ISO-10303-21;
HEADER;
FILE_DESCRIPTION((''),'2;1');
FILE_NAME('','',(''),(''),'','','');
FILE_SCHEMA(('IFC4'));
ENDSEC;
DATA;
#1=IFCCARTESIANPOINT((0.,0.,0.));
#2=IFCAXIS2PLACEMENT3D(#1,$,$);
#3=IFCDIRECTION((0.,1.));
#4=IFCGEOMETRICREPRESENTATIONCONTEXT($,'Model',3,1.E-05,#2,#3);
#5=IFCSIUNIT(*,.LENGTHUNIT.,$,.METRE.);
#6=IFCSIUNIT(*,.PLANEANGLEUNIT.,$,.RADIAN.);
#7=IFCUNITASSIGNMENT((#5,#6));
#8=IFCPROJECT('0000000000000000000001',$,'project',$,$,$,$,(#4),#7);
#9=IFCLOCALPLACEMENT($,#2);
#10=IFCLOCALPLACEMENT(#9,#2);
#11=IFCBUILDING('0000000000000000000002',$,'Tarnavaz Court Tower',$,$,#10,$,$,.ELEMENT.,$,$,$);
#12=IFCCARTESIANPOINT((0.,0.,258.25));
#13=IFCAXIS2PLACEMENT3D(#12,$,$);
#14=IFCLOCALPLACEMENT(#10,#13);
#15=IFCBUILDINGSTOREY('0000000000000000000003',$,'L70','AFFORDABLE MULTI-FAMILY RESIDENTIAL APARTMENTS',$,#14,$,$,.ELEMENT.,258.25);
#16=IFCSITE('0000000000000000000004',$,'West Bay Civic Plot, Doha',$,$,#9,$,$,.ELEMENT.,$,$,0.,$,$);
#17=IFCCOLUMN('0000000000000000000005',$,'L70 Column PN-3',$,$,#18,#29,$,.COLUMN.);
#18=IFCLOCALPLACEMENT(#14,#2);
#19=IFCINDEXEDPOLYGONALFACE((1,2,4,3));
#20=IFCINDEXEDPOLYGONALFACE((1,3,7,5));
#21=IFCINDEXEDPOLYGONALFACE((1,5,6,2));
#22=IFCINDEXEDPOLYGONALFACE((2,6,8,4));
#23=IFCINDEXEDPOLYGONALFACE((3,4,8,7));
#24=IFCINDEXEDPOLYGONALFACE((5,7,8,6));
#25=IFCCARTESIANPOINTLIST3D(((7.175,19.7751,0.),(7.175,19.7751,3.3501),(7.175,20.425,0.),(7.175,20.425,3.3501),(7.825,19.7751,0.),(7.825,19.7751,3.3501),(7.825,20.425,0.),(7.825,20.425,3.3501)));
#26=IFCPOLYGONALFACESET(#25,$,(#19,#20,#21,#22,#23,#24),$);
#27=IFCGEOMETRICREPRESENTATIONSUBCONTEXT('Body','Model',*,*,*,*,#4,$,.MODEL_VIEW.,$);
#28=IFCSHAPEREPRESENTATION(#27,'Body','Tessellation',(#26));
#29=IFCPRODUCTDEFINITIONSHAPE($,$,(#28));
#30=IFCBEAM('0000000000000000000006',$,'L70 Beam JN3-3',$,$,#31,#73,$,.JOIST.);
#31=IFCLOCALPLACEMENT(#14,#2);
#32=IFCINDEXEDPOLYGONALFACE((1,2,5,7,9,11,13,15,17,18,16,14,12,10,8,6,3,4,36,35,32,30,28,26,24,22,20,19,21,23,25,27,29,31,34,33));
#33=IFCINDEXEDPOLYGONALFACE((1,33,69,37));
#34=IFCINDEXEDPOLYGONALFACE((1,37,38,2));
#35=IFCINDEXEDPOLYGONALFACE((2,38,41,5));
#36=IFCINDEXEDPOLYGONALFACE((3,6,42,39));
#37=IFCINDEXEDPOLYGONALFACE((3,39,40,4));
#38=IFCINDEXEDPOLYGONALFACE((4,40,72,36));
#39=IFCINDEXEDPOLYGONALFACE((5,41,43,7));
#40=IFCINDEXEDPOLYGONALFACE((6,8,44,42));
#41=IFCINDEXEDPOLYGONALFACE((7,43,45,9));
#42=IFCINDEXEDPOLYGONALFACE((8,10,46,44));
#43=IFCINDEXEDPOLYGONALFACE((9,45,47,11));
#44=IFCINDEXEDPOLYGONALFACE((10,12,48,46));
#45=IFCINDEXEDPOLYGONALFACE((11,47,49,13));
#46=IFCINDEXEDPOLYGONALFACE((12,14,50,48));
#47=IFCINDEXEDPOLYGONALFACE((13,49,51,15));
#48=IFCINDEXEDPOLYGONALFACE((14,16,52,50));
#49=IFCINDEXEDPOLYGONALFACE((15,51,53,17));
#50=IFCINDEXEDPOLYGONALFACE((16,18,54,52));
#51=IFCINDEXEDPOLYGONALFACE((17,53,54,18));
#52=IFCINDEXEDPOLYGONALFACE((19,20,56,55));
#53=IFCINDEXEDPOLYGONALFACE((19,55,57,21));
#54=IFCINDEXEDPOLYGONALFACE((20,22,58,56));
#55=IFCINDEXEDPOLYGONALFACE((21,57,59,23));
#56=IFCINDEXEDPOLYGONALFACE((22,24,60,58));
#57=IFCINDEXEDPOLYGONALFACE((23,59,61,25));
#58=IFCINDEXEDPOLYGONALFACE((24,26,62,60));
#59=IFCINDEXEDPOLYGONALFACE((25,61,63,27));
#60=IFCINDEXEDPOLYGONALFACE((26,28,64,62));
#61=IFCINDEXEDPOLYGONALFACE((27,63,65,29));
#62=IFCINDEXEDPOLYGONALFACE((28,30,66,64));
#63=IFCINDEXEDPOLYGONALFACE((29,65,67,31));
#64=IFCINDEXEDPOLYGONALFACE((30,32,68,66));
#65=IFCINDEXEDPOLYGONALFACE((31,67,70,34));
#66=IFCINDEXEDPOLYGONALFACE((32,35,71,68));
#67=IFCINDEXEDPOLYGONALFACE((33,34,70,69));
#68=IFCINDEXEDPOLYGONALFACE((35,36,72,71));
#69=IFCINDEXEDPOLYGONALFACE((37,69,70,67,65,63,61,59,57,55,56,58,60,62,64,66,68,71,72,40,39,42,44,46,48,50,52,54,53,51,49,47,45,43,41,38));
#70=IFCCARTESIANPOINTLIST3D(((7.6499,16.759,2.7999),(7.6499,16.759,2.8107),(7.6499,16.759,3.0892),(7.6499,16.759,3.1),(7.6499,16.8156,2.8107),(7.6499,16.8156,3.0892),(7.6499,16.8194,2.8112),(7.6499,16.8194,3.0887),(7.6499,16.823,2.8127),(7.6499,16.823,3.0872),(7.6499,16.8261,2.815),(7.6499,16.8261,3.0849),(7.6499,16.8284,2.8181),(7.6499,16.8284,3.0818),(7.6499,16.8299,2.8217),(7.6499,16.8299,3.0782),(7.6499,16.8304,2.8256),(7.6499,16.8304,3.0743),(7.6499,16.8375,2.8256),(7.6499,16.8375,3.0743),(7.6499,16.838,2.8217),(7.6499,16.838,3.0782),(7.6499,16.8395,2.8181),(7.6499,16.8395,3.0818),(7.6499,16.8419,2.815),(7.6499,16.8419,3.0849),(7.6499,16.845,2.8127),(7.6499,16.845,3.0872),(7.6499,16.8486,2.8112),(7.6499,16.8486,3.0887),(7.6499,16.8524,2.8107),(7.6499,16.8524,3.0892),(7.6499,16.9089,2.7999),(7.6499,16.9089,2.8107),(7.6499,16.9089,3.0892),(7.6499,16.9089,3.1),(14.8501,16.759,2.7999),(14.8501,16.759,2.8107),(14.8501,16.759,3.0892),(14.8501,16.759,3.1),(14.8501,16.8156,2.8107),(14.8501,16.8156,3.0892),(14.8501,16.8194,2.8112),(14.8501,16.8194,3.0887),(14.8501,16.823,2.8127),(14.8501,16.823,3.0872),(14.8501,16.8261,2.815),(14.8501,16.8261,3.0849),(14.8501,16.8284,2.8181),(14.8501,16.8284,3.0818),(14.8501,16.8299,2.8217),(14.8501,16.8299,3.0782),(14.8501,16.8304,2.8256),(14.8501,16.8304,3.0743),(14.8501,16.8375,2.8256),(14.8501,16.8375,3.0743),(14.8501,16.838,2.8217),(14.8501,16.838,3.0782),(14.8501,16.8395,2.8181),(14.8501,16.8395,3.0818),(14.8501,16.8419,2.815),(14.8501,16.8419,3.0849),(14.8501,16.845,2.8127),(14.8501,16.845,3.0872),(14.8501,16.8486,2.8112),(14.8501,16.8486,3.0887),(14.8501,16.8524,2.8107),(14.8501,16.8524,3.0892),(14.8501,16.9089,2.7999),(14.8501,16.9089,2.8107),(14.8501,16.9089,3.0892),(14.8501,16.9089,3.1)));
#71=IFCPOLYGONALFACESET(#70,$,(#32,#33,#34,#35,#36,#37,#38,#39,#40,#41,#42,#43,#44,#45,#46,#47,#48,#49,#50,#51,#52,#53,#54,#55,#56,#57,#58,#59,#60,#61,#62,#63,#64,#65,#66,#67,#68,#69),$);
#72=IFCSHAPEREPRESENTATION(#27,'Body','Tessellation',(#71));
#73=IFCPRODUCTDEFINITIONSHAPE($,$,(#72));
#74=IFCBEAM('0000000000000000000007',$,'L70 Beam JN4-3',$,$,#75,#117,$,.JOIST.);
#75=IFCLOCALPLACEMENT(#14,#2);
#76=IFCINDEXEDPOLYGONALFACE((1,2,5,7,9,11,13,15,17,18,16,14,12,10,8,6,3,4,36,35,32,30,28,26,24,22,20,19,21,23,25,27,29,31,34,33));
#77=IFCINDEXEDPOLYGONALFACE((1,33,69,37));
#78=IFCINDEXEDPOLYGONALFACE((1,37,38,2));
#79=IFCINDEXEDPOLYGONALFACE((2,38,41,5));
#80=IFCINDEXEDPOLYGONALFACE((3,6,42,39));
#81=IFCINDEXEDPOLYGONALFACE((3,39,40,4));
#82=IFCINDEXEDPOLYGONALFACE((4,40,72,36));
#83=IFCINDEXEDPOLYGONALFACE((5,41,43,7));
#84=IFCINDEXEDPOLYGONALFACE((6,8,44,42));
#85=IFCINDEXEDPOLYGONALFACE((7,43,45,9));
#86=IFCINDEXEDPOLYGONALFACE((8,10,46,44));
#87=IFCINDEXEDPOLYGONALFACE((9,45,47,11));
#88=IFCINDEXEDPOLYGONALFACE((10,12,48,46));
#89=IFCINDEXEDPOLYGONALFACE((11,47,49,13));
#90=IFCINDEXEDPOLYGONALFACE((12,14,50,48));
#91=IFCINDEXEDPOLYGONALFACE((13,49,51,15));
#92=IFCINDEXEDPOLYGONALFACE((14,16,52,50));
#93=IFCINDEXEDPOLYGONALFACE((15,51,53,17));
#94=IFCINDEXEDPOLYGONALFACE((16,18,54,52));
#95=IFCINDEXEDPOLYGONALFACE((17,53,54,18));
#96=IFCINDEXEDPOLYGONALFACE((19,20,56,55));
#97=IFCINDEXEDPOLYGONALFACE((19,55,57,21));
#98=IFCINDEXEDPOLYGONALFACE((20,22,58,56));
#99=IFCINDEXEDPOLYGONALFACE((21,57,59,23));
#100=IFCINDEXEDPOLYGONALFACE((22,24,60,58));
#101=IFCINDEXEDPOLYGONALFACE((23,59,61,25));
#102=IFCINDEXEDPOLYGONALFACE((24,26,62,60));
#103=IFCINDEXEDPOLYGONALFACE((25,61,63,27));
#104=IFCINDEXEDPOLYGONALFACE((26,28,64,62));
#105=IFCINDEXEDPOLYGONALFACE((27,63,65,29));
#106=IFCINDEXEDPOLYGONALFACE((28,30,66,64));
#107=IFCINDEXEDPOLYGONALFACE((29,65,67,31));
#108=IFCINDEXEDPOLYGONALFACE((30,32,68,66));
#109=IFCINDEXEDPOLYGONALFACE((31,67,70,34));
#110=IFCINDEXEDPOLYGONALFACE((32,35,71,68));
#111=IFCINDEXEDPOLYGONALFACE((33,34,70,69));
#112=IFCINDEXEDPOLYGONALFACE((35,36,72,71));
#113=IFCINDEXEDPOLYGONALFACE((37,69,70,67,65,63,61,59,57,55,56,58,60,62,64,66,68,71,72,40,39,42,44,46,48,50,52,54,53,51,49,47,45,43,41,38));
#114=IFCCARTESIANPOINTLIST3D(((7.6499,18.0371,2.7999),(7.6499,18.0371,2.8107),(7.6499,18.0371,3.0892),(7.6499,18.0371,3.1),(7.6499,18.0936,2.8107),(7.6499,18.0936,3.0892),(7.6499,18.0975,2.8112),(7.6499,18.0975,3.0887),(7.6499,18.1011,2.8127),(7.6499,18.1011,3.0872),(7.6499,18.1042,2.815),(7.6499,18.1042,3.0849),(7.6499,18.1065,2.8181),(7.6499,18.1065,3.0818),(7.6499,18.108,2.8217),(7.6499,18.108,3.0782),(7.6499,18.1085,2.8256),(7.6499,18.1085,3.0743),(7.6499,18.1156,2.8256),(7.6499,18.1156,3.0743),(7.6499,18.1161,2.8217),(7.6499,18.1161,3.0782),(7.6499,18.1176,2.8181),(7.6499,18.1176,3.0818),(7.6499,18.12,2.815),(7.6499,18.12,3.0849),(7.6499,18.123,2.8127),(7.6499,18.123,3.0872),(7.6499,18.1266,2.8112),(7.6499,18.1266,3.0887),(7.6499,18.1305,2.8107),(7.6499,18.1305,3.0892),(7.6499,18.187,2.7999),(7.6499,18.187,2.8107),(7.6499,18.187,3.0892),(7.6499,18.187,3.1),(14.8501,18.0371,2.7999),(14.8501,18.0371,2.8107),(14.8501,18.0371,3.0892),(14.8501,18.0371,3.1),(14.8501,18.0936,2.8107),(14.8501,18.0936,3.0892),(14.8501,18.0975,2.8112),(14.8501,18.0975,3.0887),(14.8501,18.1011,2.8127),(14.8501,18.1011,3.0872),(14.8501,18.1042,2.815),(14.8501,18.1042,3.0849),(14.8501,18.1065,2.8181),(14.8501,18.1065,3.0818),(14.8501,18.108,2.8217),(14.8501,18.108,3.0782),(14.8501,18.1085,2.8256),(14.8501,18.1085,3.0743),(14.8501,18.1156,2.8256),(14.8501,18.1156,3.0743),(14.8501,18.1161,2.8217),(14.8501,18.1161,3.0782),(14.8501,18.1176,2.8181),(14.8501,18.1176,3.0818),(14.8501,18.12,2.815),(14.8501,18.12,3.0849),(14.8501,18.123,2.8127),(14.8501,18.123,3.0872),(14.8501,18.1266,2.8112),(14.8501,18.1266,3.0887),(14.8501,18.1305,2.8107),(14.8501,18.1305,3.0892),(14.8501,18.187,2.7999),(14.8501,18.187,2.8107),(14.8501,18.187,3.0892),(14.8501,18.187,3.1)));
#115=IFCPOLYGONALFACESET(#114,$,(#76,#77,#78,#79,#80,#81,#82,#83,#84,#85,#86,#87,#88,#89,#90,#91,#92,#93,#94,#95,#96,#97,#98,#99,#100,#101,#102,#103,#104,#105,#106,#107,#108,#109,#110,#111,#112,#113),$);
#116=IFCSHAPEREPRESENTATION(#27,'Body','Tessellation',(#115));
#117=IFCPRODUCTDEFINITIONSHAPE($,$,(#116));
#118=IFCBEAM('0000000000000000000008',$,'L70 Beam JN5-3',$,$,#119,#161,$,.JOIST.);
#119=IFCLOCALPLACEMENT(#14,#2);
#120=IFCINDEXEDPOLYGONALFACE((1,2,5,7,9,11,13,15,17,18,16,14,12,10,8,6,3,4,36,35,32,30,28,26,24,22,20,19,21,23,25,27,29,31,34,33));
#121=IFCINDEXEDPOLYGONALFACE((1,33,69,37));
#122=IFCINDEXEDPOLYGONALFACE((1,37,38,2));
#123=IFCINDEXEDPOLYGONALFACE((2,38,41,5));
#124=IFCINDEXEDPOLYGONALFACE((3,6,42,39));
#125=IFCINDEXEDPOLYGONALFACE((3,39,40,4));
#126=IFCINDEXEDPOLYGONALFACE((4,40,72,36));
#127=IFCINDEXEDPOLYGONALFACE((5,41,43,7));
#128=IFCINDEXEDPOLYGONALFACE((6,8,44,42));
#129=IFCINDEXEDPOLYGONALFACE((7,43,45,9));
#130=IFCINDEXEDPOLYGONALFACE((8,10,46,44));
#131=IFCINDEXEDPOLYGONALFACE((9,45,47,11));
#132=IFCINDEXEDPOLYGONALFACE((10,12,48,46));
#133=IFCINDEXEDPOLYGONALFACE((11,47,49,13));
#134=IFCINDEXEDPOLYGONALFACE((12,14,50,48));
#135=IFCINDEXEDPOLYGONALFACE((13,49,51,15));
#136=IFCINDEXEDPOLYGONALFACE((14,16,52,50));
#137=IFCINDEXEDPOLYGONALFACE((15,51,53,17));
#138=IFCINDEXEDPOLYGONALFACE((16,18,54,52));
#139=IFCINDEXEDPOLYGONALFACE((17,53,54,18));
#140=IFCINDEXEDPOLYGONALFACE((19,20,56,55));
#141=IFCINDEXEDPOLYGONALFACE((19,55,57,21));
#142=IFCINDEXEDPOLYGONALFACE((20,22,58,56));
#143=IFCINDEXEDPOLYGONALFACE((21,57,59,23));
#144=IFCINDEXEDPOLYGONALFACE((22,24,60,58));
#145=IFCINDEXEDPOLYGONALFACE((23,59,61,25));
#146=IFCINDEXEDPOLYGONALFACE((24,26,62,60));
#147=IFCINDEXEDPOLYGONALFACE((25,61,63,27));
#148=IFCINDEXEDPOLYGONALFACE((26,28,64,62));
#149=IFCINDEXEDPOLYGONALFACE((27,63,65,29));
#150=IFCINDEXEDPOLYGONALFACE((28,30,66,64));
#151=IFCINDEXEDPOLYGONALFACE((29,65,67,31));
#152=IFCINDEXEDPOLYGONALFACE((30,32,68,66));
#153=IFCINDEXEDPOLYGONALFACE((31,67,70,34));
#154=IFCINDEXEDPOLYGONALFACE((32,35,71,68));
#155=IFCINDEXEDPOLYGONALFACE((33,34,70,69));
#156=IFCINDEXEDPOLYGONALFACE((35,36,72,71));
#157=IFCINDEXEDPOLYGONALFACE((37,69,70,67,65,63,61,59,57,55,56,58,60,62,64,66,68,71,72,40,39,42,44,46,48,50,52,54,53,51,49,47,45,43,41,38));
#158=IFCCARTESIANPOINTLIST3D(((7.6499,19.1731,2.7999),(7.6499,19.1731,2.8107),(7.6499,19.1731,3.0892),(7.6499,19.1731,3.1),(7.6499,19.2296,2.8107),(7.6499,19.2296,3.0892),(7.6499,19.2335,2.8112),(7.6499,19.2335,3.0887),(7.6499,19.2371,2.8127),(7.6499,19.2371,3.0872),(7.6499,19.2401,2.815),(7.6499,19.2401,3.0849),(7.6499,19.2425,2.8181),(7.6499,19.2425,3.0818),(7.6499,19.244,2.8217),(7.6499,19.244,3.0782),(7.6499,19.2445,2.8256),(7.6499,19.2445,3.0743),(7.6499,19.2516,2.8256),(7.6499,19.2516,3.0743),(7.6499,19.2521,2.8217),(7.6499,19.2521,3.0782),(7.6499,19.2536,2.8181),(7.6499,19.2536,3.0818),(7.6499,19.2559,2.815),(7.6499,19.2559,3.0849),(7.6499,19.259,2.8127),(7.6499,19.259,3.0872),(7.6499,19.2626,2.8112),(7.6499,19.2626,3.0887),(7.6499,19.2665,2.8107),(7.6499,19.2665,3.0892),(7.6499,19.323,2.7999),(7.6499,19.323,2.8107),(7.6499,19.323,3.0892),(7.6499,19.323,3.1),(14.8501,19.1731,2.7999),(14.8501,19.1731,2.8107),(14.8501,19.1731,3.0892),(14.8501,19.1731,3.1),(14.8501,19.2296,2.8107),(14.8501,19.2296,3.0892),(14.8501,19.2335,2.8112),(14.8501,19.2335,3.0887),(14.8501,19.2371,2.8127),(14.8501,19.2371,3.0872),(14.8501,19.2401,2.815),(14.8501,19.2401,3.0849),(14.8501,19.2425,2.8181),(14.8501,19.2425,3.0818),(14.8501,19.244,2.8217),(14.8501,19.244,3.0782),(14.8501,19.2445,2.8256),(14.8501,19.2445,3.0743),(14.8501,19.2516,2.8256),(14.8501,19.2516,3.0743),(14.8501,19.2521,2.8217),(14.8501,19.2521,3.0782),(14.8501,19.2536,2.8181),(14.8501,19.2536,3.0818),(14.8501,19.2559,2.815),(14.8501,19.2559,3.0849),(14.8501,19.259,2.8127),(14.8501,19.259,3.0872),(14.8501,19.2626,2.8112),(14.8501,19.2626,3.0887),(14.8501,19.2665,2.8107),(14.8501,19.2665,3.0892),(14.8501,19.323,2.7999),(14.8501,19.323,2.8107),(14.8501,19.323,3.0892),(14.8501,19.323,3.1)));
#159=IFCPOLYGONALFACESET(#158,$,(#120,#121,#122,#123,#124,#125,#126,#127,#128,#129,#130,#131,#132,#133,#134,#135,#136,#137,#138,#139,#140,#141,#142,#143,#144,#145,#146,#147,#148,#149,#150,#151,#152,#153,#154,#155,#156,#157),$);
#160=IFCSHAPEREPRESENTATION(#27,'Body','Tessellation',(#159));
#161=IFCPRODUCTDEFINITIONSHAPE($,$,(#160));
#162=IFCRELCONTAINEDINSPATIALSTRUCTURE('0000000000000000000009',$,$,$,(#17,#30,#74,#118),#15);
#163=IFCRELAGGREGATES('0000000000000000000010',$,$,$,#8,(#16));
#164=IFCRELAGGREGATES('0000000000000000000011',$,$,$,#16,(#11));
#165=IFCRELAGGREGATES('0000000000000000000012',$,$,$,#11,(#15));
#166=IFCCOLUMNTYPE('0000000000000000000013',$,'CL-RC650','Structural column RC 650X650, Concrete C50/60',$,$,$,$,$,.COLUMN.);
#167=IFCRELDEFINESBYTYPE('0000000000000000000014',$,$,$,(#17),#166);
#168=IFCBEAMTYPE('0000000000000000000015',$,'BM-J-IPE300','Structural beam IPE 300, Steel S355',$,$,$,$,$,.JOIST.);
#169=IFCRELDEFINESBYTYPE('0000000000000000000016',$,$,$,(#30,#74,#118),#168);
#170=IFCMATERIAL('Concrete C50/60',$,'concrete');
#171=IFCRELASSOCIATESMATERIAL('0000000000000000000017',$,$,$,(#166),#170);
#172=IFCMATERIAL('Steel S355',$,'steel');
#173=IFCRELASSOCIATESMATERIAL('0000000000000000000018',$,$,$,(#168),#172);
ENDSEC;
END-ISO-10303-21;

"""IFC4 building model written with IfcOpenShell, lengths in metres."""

from ifc_helpers import new_model, si_unit, direction, frame, origin, origin_2d, place, context, subcontext, project, spatial, rectangle, i_section, extrude, material, material_profile, profile_set, type_object, element, save


model = new_model("IFC4")

# Units and contexts
model_context = context("Model", 3, precision=1e-05, world=origin(), true_north=direction((0.0, 1.0)))
body_context = subcontext(model_context, "Body", "Model", "MODEL_VIEW")
ifc_project = project(units=[si_unit("LENGTHUNIT", "METRE"), si_unit("PLANEANGLEUNIT", "RADIAN")], contexts=[model_context])

# Site, building, storey
site_placement = place(None, origin())
site = spatial("IfcSite", under=ifc_project, at=site_placement, Name="West Bay Civic Plot, Doha", CompositionType="ELEMENT", RefElevation=0.0)
building_placement = place(site_placement, origin())
building = spatial("IfcBuilding", under=site, at=building_placement, Name="Tarnavaz Court Tower", CompositionType="ELEMENT")
storey_placement = place(building_placement, frame((0.0, 0.0, 258.25)))
storey = spatial("IfcBuildingStorey", under=building, at=storey_placement, Name="L70", Description="AFFORDABLE MULTI-FAMILY RESIDENTIAL APARTMENTS", CompositionType="ELEMENT", Elevation=258.25)

# Column
ifc_material_1 = material(Name="Concrete C50/60", Category="concrete")
ifc_material_profile_1 = material_profile(ifc_material_1, rectangle(XDim=0.6499, YDim=0.6499, at=origin_2d()), Name="RC 650X650")
ifc_profile_set_1 = profile_set([ifc_material_profile_1], Name="Concrete C50/60")
column_type = type_object("IfcColumnType", Name="CL-RC650", Description="Structural column RC 650X650, Concrete C50/60", PredefinedType="COLUMN", material=ifc_profile_set_1)
column_placement = place(storey_placement, frame((7.5, 20.1001, 0.0), z_axis=(0.0, 0.0, 1.0), x_axis=(1.0, 0.0, 0.0)))
element("IfcColumn", 1, at=column_placement, inside=storey, type_object=column_type, Name="L70 Column PN-3", PredefinedType="COLUMN", context=body_context, shape_type="SweptSolid", body=[
    extrude(rectangle(XDim=0.6499, YDim=0.6499, at=origin_2d()), origin(), (0.0, 0.0, 1.0), 3.3501),
])

# Beams
ifc_material_2 = material(Name="Steel S355", Category="steel")
ifc_material_profile_2 = material_profile(ifc_material_2, i_section(OverallWidth=0.1499, OverallDepth=0.3, WebThickness=0.0071, FlangeThickness=0.0107, FilletRadius=0.0149, at=origin_2d()), Name="IPE 300")
ifc_profile_set_2 = profile_set([ifc_material_profile_2], Name="Steel S355")
beam_type_1 = type_object("IfcBeamType", Name="BM-J-IPE300", Description="Structural beam IPE 300, Steel S355", PredefinedType="JOIST", material=ifc_profile_set_2)
for number, where, z_axis, x_axis, name in (
    (2, (7.6499, 16.834, 2.95), (1.0, 0.0, 0.0), (0.0, 1.0, 0.0), "L70 Beam JN3-3"),
    (3, (7.6499, 18.1121, 2.95), (1.0, 0.0, 0.0), (0.0, 1.0, 0.0), "L70 Beam JN4-3"),
    (4, (7.6499, 19.248, 2.95), (1.0, 0.0, 0.0), (0.0, 1.0, 0.0), "L70 Beam JN5-3"),
):
    element("IfcBeam", number, at=place(storey_placement, frame(where, z_axis=z_axis, x_axis=x_axis)), inside=storey, type_object=beam_type_1, Name=name, PredefinedType="JOIST", context=body_context, shape_type="SweptSolid", body=[
        extrude(i_section(OverallWidth=0.1499, OverallDepth=0.3, WebThickness=0.0071, FlangeThickness=0.0107, FilletRadius=0.0149, at=origin_2d()), origin(), (0.0, 0.0, 1.0), 7.2002),
    ])

save(model, "model.ifc")
